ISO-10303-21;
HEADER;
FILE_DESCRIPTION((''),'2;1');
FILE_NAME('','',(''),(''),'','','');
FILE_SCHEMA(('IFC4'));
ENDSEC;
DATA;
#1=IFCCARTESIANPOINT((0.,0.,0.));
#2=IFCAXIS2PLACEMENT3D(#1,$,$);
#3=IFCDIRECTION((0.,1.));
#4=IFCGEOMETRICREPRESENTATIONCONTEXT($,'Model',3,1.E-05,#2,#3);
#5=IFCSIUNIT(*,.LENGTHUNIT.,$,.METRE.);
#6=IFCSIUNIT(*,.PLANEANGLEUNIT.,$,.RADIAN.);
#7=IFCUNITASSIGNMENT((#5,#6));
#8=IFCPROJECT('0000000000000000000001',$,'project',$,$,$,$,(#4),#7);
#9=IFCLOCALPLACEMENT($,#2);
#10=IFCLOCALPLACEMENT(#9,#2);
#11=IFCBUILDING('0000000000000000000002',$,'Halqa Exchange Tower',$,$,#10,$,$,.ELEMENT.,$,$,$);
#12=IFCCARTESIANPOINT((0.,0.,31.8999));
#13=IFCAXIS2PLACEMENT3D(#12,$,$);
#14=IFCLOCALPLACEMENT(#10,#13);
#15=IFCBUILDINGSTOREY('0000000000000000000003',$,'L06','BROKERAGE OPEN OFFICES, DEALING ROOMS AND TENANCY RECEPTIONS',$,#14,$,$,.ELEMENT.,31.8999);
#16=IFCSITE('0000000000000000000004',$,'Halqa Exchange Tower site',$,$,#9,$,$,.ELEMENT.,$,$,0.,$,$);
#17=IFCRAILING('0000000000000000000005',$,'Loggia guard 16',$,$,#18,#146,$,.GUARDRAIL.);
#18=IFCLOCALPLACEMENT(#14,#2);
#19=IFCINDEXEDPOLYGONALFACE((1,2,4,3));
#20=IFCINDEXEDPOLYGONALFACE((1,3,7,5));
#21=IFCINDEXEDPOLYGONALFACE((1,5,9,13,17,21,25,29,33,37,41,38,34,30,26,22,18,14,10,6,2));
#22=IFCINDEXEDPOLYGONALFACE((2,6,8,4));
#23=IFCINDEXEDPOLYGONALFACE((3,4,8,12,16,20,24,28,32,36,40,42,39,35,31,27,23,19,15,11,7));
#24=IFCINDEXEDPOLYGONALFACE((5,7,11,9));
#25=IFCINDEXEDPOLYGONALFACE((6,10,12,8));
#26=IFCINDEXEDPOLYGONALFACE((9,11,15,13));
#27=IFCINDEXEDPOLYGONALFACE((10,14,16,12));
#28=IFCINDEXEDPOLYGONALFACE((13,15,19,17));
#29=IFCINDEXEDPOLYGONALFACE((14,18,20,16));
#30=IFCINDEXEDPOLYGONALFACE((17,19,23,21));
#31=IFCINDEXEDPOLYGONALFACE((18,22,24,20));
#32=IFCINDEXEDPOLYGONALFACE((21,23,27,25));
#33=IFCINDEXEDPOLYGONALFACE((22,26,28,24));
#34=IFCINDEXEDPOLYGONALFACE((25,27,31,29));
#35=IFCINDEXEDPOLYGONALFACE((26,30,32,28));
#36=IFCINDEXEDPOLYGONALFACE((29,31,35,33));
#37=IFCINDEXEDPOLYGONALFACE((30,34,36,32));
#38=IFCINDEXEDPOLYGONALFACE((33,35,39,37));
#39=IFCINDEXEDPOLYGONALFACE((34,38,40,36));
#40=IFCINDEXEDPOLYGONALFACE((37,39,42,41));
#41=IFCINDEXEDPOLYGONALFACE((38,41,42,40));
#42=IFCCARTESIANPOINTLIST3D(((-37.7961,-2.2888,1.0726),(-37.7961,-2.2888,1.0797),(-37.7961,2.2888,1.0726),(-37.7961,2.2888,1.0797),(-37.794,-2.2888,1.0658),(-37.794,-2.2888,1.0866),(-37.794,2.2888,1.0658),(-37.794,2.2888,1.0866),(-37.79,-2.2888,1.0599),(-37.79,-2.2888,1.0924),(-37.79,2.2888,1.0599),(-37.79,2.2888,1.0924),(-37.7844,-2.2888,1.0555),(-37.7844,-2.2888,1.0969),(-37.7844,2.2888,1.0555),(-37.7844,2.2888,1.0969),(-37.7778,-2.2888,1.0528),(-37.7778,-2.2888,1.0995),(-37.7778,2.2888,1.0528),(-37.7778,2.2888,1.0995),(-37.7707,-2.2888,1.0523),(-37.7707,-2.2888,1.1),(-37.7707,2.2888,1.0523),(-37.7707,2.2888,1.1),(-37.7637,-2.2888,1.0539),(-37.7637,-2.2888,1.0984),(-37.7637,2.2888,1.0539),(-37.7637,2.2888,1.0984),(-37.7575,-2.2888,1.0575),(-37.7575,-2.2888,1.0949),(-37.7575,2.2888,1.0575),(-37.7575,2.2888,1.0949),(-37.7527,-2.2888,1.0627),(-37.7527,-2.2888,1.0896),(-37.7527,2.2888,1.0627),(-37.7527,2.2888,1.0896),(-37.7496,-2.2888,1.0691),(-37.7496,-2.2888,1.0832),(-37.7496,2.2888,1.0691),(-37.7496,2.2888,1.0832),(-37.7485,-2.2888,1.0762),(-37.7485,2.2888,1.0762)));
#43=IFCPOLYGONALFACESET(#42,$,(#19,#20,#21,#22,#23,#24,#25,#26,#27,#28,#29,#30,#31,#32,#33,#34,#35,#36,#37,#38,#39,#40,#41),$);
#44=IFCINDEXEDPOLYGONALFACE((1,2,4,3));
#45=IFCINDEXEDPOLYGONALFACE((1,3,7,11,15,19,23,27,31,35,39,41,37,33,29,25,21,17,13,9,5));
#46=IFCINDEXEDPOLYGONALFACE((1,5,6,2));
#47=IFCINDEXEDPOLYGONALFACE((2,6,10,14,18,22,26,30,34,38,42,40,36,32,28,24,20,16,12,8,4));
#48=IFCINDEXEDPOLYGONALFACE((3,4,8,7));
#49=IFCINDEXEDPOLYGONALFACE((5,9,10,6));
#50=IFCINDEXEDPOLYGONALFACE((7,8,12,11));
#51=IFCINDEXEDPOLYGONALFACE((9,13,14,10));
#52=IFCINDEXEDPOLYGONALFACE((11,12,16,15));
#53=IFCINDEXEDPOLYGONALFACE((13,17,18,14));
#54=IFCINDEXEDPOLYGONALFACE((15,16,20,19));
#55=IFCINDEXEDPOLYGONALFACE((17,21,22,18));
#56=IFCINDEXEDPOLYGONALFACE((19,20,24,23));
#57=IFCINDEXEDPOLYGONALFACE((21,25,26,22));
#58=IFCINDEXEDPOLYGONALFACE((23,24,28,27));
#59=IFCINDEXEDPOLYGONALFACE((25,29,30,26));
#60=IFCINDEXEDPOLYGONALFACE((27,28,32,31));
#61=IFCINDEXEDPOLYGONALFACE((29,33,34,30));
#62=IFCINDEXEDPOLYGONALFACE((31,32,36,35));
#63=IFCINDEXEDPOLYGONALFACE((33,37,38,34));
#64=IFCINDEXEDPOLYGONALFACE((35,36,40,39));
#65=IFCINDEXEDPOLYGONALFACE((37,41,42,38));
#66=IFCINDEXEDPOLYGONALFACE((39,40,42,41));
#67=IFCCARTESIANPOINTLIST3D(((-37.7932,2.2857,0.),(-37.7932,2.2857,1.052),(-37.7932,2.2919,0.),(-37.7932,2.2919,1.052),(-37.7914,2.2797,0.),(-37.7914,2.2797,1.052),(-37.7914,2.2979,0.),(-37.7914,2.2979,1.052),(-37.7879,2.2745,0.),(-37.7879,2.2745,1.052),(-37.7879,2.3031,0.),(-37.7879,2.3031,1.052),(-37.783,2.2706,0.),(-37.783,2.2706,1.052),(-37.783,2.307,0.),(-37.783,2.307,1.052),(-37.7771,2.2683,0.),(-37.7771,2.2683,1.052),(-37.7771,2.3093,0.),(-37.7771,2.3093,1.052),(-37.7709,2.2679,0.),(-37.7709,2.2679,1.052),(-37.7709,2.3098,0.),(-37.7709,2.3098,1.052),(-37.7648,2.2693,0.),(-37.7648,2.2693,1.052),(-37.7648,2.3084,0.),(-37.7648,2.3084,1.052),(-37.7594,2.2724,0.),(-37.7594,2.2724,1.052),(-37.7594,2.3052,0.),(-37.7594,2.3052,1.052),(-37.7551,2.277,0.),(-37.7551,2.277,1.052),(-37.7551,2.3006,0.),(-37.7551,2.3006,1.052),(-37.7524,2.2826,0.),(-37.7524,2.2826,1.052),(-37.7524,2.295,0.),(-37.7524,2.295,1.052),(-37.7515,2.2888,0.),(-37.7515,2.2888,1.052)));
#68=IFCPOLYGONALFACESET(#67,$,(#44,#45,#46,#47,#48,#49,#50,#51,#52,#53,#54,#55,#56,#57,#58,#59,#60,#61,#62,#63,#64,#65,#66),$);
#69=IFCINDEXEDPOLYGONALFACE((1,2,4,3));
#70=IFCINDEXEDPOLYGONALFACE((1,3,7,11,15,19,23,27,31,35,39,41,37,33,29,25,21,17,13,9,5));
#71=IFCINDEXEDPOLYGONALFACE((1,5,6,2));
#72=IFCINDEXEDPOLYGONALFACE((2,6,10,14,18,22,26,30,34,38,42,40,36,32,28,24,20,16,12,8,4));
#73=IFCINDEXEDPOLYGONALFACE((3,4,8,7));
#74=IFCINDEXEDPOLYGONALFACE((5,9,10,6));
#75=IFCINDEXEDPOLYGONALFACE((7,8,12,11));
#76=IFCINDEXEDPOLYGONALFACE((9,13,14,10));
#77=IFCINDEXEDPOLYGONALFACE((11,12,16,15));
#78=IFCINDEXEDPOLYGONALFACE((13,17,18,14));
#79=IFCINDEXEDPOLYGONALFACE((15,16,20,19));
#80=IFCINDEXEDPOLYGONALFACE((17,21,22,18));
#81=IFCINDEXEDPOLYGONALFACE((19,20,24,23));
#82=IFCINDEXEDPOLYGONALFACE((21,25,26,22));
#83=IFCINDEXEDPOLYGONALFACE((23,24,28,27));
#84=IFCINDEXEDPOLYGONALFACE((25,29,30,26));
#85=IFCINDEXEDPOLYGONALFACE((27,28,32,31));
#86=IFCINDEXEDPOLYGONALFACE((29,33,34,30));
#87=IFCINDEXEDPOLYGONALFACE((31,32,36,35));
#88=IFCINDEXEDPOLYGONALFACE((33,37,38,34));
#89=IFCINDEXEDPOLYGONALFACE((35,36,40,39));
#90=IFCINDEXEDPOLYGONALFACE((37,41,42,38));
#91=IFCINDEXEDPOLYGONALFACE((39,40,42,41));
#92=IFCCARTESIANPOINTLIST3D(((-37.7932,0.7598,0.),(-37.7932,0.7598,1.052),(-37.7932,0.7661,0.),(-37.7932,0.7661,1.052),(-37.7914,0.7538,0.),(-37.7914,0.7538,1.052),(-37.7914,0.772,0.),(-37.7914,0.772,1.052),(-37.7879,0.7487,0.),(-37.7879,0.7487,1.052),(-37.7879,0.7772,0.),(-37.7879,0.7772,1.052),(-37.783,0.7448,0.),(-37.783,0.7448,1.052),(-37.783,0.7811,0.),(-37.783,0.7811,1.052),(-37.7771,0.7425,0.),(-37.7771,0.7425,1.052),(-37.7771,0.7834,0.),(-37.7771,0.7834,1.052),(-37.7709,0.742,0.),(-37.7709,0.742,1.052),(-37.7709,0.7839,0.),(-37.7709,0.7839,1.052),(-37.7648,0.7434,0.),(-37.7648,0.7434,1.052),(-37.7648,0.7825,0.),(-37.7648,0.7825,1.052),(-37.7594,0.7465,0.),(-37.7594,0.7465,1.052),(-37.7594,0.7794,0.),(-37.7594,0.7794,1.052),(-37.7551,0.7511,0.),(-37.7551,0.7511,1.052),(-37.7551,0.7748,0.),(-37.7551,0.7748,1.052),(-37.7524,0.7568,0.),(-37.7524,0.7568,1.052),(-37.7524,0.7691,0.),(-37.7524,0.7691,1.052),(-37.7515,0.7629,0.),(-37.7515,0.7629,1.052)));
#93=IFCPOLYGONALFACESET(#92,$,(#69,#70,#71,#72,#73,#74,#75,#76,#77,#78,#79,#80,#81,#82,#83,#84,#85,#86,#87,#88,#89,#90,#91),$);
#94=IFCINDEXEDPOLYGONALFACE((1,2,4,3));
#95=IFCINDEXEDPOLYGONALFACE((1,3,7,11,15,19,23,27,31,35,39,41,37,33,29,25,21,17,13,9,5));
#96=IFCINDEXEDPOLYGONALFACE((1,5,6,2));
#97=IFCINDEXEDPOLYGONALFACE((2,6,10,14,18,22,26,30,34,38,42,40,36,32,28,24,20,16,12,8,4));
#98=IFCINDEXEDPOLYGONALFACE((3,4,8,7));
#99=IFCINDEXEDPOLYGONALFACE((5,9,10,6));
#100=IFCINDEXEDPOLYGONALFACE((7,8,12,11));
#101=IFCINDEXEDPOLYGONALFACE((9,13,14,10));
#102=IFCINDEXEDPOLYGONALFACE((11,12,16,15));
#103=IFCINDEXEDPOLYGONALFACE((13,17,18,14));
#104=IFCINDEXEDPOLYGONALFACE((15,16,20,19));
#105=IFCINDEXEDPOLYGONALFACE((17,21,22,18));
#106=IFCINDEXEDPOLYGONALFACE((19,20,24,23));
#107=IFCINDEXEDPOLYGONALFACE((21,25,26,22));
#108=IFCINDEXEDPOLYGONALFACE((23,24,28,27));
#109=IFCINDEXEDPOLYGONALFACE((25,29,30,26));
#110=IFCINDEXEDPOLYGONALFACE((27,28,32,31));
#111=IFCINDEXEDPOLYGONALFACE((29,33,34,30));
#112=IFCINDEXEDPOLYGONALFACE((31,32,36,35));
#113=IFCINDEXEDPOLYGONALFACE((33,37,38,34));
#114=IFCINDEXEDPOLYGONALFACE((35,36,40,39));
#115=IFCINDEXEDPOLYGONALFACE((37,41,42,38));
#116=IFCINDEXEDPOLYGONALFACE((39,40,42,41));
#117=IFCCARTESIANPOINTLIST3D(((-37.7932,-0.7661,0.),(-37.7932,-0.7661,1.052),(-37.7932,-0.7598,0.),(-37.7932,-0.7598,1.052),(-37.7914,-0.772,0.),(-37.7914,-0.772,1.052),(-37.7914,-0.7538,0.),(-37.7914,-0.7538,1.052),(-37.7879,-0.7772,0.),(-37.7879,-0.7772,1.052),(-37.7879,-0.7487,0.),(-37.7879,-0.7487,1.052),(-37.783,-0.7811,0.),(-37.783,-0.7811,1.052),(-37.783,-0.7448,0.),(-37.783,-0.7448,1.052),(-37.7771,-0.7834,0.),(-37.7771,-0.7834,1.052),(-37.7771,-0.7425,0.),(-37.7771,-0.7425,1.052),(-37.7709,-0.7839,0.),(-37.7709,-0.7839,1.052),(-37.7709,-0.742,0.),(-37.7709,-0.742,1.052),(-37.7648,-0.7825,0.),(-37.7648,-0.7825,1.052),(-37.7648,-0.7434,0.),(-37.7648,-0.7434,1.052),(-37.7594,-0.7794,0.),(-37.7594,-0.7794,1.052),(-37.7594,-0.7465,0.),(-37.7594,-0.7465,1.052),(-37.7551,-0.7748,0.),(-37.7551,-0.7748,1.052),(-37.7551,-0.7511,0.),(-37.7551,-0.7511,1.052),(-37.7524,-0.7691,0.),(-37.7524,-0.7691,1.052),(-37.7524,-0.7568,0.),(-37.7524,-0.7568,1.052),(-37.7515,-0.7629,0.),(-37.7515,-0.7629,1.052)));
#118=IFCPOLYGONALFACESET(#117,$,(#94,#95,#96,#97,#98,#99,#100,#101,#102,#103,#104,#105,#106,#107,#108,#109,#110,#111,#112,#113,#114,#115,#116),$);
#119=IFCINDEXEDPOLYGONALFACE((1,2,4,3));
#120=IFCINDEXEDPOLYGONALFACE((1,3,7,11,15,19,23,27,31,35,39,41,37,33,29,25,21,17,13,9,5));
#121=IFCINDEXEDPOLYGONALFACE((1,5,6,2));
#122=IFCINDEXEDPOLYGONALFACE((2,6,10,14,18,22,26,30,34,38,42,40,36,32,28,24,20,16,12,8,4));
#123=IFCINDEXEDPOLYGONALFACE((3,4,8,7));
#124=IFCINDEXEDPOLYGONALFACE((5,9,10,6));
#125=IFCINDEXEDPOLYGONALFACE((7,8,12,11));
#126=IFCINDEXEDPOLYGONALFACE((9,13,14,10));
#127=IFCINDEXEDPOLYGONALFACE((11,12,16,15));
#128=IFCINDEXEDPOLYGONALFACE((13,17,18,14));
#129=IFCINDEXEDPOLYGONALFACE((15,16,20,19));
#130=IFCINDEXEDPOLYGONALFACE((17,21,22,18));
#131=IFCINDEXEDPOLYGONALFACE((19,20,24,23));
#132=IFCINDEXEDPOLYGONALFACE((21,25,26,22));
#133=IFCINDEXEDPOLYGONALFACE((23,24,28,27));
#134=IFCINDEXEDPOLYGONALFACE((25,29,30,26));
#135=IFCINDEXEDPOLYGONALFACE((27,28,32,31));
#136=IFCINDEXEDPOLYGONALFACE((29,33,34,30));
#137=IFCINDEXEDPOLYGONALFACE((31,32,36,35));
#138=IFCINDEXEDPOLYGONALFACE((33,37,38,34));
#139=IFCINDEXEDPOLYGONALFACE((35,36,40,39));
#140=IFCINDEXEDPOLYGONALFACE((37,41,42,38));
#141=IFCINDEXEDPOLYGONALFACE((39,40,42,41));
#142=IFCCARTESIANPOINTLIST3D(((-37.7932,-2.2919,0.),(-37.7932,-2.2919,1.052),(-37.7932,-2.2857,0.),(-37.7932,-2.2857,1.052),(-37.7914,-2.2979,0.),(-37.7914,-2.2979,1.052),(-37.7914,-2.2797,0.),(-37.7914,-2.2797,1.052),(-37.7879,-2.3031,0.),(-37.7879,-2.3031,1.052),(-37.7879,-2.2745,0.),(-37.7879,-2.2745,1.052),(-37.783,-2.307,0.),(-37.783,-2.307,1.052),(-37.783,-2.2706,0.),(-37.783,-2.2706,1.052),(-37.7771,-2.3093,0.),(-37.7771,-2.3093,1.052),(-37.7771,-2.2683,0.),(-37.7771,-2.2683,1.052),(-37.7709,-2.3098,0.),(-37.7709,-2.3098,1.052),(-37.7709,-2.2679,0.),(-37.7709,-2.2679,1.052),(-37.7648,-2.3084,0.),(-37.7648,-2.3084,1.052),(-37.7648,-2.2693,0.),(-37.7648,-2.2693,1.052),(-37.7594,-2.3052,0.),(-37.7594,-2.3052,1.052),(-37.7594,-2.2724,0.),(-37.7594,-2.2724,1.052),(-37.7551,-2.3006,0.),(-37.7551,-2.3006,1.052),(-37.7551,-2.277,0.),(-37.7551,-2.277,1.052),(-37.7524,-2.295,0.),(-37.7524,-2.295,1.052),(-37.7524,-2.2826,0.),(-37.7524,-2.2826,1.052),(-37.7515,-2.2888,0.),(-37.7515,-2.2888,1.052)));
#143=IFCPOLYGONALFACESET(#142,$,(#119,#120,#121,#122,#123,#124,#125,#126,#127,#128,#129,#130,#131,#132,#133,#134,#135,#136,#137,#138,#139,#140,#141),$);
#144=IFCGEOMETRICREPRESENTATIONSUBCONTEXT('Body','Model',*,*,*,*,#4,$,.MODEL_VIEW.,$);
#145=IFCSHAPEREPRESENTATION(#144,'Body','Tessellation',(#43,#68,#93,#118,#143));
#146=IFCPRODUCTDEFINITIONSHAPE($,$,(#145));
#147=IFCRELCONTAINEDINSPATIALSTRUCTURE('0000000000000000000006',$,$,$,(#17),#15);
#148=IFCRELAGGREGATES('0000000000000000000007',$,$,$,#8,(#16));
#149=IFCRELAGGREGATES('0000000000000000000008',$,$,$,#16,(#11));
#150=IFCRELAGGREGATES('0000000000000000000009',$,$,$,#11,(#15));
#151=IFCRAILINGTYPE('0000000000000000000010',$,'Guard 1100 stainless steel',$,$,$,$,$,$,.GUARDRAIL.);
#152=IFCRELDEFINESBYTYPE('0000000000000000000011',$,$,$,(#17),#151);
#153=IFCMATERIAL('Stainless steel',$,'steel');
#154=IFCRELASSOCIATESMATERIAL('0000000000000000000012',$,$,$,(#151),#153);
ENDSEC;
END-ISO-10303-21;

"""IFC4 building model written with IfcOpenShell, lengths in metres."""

from ifc_helpers import new_model, si_unit, direction, frame, origin, origin_2d, place, context, subcontext, project, spatial, circle, extrude, material, type_object, element, save


model = new_model("IFC4")

# Units and contexts
model_context = context("Model", 3, precision=1e-05, world=origin(), true_north=direction((0.0, 1.0)))
body_context = subcontext(model_context, "Body", "Model", "MODEL_VIEW")
ifc_project = project(units=[si_unit("LENGTHUNIT", "METRE"), si_unit("PLANEANGLEUNIT", "RADIAN")], contexts=[model_context])

# Site, building, storey
site_placement = place(None, origin())
site = spatial("IfcSite", under=ifc_project, at=site_placement, Name="Halqa Exchange Tower site", CompositionType="ELEMENT", RefElevation=0.0)
building_placement = place(site_placement, origin())
building = spatial("IfcBuilding", under=site, at=building_placement, Name="Halqa Exchange Tower", CompositionType="ELEMENT")
storey_placement = place(building_placement, frame((0.0, 0.0, 31.8999)))
storey = spatial("IfcBuildingStorey", under=building, at=storey_placement, Name="L06", Description="BROKERAGE OPEN OFFICES, DEALING ROOMS AND TENANCY RECEPTIONS", CompositionType="ELEMENT", Elevation=31.8999)

# Railing
ifc_material_1 = material(Name="Stainless steel", Category="steel")
railing_type = type_object("IfcRailingType", Name="Guard 1100 stainless steel", PredefinedType="GUARDRAIL", material=ifc_material_1)
railing_1_placement = place(storey_placement, frame((-37.7725, 2.2888, 0.0)))
element("IfcRailing", 1, at=railing_1_placement, inside=storey, type_object=railing_type, Name="Loggia guard 16", PredefinedType="GUARDRAIL", context=body_context, shape_type="SweptSolid", body=[
    extrude(circle(Radius=0.0239, at=origin_2d()), frame((0.0, 0.0, 1.0762), z_axis=(0.0, -1.0, 0.0), x_axis=(1.0, 0.0, 0.0)), (0.0, 0.0, 1.0), 4.5776),
    extrude(circle(Radius=0.021, at=origin_2d()), origin(), (0.0, 0.0, 1.0), 1.052),
    extrude(circle(Radius=0.021, at=origin_2d()), frame((0.0, -1.5259, 0.0)), (0.0, 0.0, 1.0), 1.052),
    extrude(circle(Radius=0.021, at=origin_2d()), frame((0.0, -3.0518, 0.0)), (0.0, 0.0, 1.0), 1.052),
    extrude(circle(Radius=0.021, at=origin_2d()), frame((0.0, -4.5776, 0.0)), (0.0, 0.0, 1.0), 1.052),
])

save(model, "model.ifc")
